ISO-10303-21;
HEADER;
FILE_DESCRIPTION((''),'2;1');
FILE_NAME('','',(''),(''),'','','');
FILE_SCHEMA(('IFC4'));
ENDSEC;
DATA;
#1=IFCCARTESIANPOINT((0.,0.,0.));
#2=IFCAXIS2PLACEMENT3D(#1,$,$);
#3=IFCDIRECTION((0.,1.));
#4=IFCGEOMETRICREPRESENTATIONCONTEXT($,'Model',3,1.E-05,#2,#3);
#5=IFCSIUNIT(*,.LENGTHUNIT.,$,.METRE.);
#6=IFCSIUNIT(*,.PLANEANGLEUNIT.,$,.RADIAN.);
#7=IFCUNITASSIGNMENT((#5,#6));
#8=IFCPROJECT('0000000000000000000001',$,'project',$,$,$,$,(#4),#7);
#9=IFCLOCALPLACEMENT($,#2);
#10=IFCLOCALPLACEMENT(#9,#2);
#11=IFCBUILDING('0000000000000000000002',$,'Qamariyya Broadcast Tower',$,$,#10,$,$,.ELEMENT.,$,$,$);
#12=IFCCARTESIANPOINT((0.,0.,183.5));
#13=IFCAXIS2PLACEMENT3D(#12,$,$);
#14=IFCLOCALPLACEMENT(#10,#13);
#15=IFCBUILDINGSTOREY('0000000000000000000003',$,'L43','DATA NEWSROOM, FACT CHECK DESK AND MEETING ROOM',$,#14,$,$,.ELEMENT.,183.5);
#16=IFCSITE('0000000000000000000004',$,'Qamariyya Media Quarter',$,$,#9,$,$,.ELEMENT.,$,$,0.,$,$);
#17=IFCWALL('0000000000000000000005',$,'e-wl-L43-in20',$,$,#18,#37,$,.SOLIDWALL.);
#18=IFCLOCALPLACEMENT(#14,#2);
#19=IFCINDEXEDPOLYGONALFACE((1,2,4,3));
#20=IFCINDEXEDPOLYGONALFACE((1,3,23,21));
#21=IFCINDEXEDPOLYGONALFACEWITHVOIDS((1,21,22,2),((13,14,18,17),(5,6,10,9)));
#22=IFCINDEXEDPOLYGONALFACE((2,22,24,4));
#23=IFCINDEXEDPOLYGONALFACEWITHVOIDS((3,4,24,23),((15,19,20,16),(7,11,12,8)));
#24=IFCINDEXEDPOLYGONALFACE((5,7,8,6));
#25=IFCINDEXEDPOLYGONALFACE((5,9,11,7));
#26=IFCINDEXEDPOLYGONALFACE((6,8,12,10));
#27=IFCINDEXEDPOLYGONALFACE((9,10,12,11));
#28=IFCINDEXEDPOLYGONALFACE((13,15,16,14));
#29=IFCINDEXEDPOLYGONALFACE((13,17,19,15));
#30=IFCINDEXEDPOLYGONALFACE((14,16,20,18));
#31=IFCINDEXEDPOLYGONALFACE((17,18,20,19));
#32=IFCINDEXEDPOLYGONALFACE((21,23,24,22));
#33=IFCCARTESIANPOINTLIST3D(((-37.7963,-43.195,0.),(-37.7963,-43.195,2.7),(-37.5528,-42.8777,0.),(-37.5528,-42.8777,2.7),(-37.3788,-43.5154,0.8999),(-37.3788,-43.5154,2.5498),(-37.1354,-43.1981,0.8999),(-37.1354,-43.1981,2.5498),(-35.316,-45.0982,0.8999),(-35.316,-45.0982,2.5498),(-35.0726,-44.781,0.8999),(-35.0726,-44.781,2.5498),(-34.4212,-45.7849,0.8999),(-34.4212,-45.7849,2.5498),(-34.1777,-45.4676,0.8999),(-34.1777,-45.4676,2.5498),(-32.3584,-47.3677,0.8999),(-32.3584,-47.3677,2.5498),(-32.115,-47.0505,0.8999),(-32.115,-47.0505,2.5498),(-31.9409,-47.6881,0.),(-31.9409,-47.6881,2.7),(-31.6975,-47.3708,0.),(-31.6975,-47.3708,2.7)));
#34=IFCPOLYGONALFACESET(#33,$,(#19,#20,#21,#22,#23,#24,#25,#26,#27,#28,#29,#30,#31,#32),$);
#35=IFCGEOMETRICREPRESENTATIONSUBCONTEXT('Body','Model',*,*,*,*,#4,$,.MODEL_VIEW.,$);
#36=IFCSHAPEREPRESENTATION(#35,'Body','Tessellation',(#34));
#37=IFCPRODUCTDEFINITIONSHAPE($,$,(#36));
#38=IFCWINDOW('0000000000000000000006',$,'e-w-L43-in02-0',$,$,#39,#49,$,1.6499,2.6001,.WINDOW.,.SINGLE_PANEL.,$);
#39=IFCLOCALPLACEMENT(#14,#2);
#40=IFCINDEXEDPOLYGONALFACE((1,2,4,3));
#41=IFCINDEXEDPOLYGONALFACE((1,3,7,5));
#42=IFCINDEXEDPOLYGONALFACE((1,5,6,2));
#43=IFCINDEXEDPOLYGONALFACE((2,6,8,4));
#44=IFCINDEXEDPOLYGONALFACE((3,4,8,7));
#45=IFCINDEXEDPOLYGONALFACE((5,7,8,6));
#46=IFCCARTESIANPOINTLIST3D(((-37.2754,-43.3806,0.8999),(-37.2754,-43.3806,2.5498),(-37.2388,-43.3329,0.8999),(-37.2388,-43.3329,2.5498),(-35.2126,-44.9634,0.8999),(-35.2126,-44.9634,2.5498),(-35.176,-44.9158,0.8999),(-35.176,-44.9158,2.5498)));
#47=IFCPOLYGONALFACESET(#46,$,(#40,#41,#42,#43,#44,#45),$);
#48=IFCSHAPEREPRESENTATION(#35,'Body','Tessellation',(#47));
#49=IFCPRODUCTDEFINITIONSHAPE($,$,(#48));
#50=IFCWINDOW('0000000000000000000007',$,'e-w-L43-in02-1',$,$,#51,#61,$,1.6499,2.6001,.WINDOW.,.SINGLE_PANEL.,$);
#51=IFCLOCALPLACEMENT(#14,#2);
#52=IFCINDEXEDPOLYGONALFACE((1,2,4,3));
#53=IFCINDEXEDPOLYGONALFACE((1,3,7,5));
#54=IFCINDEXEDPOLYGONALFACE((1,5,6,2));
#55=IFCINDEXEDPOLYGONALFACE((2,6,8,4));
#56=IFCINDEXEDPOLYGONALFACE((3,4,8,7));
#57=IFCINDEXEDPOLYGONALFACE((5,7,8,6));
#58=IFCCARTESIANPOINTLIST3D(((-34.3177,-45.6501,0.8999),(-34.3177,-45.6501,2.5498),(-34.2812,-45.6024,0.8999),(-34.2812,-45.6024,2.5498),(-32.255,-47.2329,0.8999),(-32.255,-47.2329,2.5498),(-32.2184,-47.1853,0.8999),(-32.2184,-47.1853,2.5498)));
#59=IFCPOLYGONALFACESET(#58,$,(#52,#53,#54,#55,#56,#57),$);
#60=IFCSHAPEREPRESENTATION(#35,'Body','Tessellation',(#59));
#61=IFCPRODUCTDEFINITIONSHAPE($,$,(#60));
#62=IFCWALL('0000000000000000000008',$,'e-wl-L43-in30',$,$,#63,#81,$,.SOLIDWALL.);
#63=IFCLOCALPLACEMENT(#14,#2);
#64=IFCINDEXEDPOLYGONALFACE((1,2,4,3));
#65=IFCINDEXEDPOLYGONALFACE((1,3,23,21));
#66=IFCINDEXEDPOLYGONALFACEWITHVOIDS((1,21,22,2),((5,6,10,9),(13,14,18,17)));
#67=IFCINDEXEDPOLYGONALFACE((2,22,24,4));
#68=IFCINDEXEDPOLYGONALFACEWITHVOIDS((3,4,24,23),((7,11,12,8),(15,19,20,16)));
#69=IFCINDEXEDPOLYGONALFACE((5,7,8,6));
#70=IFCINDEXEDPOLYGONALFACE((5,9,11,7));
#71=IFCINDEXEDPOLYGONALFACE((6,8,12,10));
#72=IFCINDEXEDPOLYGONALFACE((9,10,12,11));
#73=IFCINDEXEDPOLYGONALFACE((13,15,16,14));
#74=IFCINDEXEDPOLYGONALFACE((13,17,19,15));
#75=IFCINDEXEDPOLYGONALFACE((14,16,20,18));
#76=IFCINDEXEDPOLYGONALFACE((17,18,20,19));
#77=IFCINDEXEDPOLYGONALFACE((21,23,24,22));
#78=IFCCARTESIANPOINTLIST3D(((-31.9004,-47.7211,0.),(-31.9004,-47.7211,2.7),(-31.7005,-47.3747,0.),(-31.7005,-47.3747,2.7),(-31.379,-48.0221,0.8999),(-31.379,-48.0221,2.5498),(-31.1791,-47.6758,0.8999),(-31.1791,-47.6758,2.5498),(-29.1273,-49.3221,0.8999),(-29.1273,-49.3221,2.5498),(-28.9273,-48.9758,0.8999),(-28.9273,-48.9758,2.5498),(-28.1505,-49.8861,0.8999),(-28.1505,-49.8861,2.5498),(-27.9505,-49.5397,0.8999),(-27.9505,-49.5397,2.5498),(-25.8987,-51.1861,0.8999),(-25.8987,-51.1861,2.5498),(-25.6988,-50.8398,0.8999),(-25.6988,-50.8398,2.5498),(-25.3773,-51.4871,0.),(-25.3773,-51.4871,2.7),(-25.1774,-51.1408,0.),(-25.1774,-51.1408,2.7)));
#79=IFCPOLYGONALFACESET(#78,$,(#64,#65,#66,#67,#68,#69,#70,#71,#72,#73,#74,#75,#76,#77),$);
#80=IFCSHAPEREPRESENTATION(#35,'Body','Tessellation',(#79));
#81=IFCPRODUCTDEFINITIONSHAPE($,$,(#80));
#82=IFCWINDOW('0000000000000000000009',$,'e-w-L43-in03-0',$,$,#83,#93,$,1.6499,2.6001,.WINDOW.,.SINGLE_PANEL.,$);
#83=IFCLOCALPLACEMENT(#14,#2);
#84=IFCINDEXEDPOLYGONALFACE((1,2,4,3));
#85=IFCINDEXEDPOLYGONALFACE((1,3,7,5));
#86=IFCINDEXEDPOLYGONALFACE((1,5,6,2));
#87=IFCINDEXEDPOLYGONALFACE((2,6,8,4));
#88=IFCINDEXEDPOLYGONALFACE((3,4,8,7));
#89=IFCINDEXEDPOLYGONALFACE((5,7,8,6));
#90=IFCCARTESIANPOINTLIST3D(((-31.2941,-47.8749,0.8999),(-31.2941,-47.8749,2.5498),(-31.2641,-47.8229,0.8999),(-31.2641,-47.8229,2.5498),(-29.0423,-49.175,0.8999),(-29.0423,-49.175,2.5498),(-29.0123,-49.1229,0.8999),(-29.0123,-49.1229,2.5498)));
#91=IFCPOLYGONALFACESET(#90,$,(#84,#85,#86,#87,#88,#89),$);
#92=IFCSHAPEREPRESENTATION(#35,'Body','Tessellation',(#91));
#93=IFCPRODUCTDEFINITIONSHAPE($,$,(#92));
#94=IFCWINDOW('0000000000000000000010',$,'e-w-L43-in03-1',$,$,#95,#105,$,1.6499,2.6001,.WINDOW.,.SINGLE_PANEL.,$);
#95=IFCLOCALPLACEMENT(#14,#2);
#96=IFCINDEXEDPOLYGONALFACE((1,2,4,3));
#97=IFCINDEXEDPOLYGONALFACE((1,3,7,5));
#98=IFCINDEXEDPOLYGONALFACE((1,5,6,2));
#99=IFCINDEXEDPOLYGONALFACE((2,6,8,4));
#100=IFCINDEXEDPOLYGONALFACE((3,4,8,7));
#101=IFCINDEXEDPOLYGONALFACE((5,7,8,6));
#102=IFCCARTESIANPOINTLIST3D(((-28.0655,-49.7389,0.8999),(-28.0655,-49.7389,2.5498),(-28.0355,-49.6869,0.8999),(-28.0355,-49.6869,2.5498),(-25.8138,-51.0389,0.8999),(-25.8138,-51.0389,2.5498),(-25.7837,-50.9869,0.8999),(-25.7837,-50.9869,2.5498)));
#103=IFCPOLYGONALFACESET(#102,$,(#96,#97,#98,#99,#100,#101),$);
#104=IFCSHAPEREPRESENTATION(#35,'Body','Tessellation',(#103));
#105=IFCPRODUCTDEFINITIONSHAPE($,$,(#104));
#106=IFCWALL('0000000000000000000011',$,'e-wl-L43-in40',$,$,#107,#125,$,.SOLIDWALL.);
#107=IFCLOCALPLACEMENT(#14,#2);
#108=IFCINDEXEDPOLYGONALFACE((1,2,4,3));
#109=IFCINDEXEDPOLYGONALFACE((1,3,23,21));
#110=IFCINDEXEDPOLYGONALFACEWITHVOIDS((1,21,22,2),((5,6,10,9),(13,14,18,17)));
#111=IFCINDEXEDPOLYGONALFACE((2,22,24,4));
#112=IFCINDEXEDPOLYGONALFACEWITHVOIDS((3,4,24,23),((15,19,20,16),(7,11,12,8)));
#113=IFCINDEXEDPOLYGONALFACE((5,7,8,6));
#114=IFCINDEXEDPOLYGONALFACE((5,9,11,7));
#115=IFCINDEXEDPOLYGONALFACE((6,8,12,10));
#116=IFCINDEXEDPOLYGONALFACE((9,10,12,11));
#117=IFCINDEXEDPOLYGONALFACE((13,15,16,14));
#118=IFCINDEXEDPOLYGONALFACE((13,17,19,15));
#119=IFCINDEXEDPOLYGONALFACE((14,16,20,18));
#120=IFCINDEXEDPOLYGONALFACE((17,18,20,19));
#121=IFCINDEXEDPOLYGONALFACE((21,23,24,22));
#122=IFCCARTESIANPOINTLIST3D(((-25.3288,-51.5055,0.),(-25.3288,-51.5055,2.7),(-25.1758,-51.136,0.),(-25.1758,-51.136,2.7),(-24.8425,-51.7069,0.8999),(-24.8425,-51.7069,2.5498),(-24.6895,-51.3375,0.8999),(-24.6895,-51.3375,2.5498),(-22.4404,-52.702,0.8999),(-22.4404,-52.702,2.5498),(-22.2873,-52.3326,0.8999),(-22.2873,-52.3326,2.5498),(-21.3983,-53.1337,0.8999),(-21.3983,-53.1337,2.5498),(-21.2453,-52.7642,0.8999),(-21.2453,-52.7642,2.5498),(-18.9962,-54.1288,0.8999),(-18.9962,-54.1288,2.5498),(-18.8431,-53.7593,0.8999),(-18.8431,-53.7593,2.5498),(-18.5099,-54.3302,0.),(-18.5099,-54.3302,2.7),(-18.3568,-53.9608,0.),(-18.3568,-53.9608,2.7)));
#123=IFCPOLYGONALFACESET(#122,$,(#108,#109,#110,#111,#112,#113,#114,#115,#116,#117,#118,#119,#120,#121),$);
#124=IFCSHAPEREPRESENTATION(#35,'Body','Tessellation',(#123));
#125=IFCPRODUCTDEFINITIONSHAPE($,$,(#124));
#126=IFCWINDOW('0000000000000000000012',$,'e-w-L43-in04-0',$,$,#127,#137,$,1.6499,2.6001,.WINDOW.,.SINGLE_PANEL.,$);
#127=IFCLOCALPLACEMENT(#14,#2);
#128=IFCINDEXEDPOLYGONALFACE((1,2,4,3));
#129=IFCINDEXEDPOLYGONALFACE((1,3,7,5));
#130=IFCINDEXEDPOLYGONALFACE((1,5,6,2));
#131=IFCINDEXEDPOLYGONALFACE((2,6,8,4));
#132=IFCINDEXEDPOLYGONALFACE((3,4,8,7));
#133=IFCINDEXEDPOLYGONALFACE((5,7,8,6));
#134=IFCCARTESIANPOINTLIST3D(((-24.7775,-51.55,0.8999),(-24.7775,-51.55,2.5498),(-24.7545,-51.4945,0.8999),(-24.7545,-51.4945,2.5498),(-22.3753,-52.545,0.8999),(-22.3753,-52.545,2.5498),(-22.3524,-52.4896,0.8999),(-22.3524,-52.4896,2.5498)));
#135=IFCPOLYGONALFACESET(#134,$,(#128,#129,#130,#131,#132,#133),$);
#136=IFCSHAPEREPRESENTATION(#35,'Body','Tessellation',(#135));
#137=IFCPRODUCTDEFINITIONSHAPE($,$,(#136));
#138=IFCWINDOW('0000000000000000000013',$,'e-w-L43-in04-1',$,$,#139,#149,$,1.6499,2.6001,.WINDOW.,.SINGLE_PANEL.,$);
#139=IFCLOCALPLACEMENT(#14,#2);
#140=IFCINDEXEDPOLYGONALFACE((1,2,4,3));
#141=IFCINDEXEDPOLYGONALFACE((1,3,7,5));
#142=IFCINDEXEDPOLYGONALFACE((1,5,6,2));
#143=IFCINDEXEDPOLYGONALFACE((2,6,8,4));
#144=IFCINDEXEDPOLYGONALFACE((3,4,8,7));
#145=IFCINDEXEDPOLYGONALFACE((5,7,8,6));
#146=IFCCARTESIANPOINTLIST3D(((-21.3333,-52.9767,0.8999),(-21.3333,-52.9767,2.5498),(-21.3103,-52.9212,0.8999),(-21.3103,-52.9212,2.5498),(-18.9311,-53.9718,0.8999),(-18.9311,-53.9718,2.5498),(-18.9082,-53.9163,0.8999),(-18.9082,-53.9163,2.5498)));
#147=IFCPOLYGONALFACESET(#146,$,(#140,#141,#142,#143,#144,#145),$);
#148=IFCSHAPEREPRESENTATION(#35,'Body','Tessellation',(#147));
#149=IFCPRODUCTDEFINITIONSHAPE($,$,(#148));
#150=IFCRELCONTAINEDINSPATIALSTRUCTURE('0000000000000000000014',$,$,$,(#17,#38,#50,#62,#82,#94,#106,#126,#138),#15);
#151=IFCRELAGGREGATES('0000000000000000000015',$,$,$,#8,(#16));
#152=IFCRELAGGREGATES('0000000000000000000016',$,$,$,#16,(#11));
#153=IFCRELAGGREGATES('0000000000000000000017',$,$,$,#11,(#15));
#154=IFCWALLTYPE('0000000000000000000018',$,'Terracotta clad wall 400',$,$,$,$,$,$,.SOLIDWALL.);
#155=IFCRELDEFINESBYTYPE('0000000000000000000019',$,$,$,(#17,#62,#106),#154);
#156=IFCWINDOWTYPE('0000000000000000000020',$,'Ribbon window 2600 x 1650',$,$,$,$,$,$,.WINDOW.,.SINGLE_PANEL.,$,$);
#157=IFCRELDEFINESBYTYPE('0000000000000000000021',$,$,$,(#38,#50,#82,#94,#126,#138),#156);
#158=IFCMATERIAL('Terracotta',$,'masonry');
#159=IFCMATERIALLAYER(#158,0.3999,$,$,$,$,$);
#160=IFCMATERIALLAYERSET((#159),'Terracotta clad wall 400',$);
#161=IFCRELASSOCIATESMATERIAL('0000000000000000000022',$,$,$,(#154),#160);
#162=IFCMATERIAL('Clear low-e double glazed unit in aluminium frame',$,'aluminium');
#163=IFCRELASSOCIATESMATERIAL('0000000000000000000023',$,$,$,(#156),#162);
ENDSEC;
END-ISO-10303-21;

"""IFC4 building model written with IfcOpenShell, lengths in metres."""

from ifc_helpers import new_model, si_unit, direction, frame, frame_2d, origin, place, context, subcontext, project, spatial, rectangle, extrude, material, layer, layer_set, type_object, element, fill, save


model = new_model("IFC4")

# Units and contexts
model_context = context("Model", 3, precision=1e-05, world=origin(), true_north=direction((0.0, 1.0)))
body_context = subcontext(model_context, "Body", "Model", "MODEL_VIEW")
ifc_project = project(units=[si_unit("LENGTHUNIT", "METRE"), si_unit("PLANEANGLEUNIT", "RADIAN")], contexts=[model_context])

# Site, building, storey
site_placement = place(None, origin())
site = spatial("IfcSite", under=ifc_project, at=site_placement, Name="Qamariyya Media Quarter", CompositionType="ELEMENT", RefElevation=0.0)
building_placement = place(site_placement, origin())
building = spatial("IfcBuilding", under=site, at=building_placement, Name="Qamariyya Broadcast Tower", CompositionType="ELEMENT")
storey_placement = place(building_placement, frame((0.0, 0.0, 183.5)))
storey = spatial("IfcBuildingStorey", under=building, at=storey_placement, Name="L43", Description="DATA NEWSROOM, FACT CHECK DESK AND MEETING ROOM", CompositionType="ELEMENT", Elevation=183.5)

# Walls, openings, windows
ifc_material_1 = material(Name="Terracotta", Category="masonry")
ifc_layer_1 = layer(ifc_material_1, 0.3999)
ifc_layer_set_1 = layer_set([ifc_layer_1], Name="Terracotta clad wall 400")
wall_type_1 = type_object("IfcWallType", Name="Terracotta clad wall 400", PredefinedType="SOLIDWALL", material=ifc_layer_set_1)
wall_1_placement = place(storey_placement, frame((-31.8191, -47.5295, 0.0), z_axis=(0.0, 0.0, 1.0), x_axis=(-0.793346, 0.60877, 0.0)))
wall_1 = element("IfcWall", 1, at=wall_1_placement, inside=storey, type_object=wall_type_1, Name="e-wl-L43-in20", PredefinedType="SOLIDWALL", context=body_context, shape_type="SweptSolid", body=[
    extrude(rectangle(XDim=7.3806, YDim=0.3999, at=frame_2d((3.6904, 0.0))), origin(), (0.0, 0.0, 1.0), 2.7),
])
opening_1_placement = place(wall_1_placement, frame((4.2544, 0.0, 0.8999)))
opening_1 = element("IfcOpeningElement", 2, at=opening_1_placement, cuts=wall_1, PredefinedType="OPENING", context=body_context, shape_type="SweptSolid", body=[
    extrude(rectangle(XDim=2.6001, YDim=1.6499, at=frame_2d((1.3, 0.825))), frame((0.0, 0.21, 0.0), z_axis=(0.0, -1.0, 0.0), x_axis=(1.0, 0.0, 0.0)), (0.0, 0.0, 1.0), 0.4199),
])
opening_2_placement = place(wall_1_placement, frame((0.5264, 0.0, 0.8999)))
opening_2 = element("IfcOpeningElement", 3, at=opening_2_placement, cuts=wall_1, PredefinedType="OPENING", context=body_context, shape_type="SweptSolid", body=[
    extrude(rectangle(XDim=2.6001, YDim=1.6499, at=frame_2d((1.3, 0.825))), frame((0.0, 0.21, 0.0), z_axis=(0.0, -1.0, 0.0), x_axis=(1.0, 0.0, 0.0)), (0.0, 0.0, 1.0), 0.4199),
])
ifc_material_2 = material(Name="Clear low-e double glazed unit in aluminium frame", Category="aluminium")
window_type = type_object("IfcWindowType", Name="Ribbon window 2600 x 1650", PartitioningType="SINGLE_PANEL", PredefinedType="WINDOW", material=ifc_material_2)
window_1_placement = place(opening_1_placement, origin())
window_1 = element("IfcWindow", 4, at=window_1_placement, inside=storey, type_object=window_type, Name="e-w-L43-in02-0", OverallHeight=1.6499, OverallWidth=2.6001, PartitioningType="SINGLE_PANEL", PredefinedType="WINDOW", context=body_context, shape_type="SweptSolid", body=[
    extrude(rectangle(XDim=2.6001, YDim=1.6499, at=frame_2d((1.3, 0.825))), frame((0.0, 0.03, 0.0), z_axis=(0.0, -1.0, 0.0), x_axis=(1.0, 0.0, 0.0)), (0.0, 0.0, 1.0), 0.0601),
])
fill(opening_1, window_1)
window_2_placement = place(opening_2_placement, origin())
window_2 = element("IfcWindow", 5, at=window_2_placement, inside=storey, type_object=window_type, Name="e-w-L43-in02-1", OverallHeight=1.6499, OverallWidth=2.6001, PartitioningType="SINGLE_PANEL", PredefinedType="WINDOW", context=body_context, shape_type="SweptSolid", body=[
    extrude(rectangle(XDim=2.6001, YDim=1.6499, at=frame_2d((1.3, 0.825))), frame((0.0, 0.03, 0.0), z_axis=(0.0, -1.0, 0.0), x_axis=(1.0, 0.0, 0.0)), (0.0, 0.0, 1.0), 0.0601),
])
fill(opening_2, window_2)
wall_2_placement = place(storey_placement, frame((-25.2773, -51.314, 0.0), z_axis=(0.0, 0.0, 1.0), x_axis=(-0.866029, 0.499995, 0.0)))
wall_2 = element("IfcWall", 6, at=wall_2_placement, inside=storey, type_object=wall_type_1, Name="e-wl-L43-in30", PredefinedType="SOLIDWALL", context=body_context, shape_type="SweptSolid", body=[
    extrude(rectangle(XDim=7.5322, YDim=0.3999, at=frame_2d((3.7661, 0.0))), origin(), (0.0, 0.0, 1.0), 2.7),
])
opening_3_placement = place(wall_2_placement, frame((4.3301, 0.0, 0.8999)))
opening_3 = element("IfcOpeningElement", 7, at=opening_3_placement, cuts=wall_2, PredefinedType="OPENING", context=body_context, shape_type="SweptSolid", body=[
    extrude(rectangle(XDim=2.6001, YDim=1.6499, at=frame_2d((1.3, 0.825))), frame((0.0, 0.21, 0.0), z_axis=(0.0, -1.0, 0.0), x_axis=(1.0, 0.0, 0.0)), (0.0, 0.0, 1.0), 0.4199),
])
opening_4_placement = place(wall_2_placement, frame((0.6021, 0.0, 0.8999)))
opening_4 = element("IfcOpeningElement", 8, at=opening_4_placement, cuts=wall_2, PredefinedType="OPENING", context=body_context, shape_type="SweptSolid", body=[
    extrude(rectangle(XDim=2.6001, YDim=1.6499, at=frame_2d((1.3, 0.825))), frame((0.0, 0.21, 0.0), z_axis=(0.0, -1.0, 0.0), x_axis=(1.0, 0.0, 0.0)), (0.0, 0.0, 1.0), 0.4199),
])
window_3_placement = place(opening_3_placement, origin())
window_3 = element("IfcWindow", 9, at=window_3_placement, inside=storey, type_object=window_type, Name="e-w-L43-in03-0", OverallHeight=1.6499, OverallWidth=2.6001, PartitioningType="SINGLE_PANEL", PredefinedType="WINDOW", context=body_context, shape_type="SweptSolid", body=[
    extrude(rectangle(XDim=2.6001, YDim=1.6499, at=frame_2d((1.3, 0.825))), frame((0.0, 0.03, 0.0), z_axis=(0.0, -1.0, 0.0), x_axis=(1.0, 0.0, 0.0)), (0.0, 0.0, 1.0), 0.0601),
])
fill(opening_3, window_3)
window_4_placement = place(opening_4_placement, origin())
window_4 = element("IfcWindow", 10, at=window_4_placement, inside=storey, type_object=window_type, Name="e-w-L43-in03-1", OverallHeight=1.6499, OverallWidth=2.6001, PartitioningType="SINGLE_PANEL", PredefinedType="WINDOW", context=body_context, shape_type="SweptSolid", body=[
    extrude(rectangle(XDim=2.6001, YDim=1.6499, at=frame_2d((1.3, 0.825))), frame((0.0, 0.03, 0.0), z_axis=(0.0, -1.0, 0.0), x_axis=(1.0, 0.0, 0.0)), (0.0, 0.0, 1.0), 0.0601),
])
fill(opening_4, window_4)
wall_3_placement = place(storey_placement, frame((-18.4333, -54.1455, 0.0), z_axis=(0.0, 0.0, 1.0), x_axis=(-0.923868, 0.382712, 0.0)))
wall_3 = element("IfcWall", 11, at=wall_3_placement, inside=storey, type_object=wall_type_1, Name="e-wl-L43-in40", PredefinedType="SOLIDWALL", context=body_context, shape_type="SweptSolid", body=[
    extrude(rectangle(XDim=7.3809, YDim=0.3999, at=frame_2d((3.6904, 0.0))), origin(), (0.0, 0.0, 1.0), 2.7),
])
opening_5_placement = place(wall_3_placement, frame((4.2544, 0.0, 0.8999)))
opening_5 = element("IfcOpeningElement", 12, at=opening_5_placement, cuts=wall_3, PredefinedType="OPENING", context=body_context, shape_type="SweptSolid", body=[
    extrude(rectangle(XDim=2.6001, YDim=1.6499, at=frame_2d((1.3, 0.825))), frame((0.0, 0.21, 0.0), z_axis=(0.0, -1.0, 0.0), x_axis=(1.0, 0.0, 0.0)), (0.0, 0.0, 1.0), 0.4199),
])
opening_6_placement = place(wall_3_placement, frame((0.5264, 0.0, 0.8999)))
opening_6 = element("IfcOpeningElement", 13, at=opening_6_placement, cuts=wall_3, PredefinedType="OPENING", context=body_context, shape_type="SweptSolid", body=[
    extrude(rectangle(XDim=2.6001, YDim=1.6499, at=frame_2d((1.3, 0.825))), frame((0.0, 0.21, 0.0), z_axis=(0.0, -1.0, 0.0), x_axis=(1.0, 0.0, 0.0)), (0.0, 0.0, 1.0), 0.4199),
])
window_5_placement = place(opening_5_placement, origin())
window_5 = element("IfcWindow", 14, at=window_5_placement, inside=storey, type_object=window_type, Name="e-w-L43-in04-0", OverallHeight=1.6499, OverallWidth=2.6001, PartitioningType="SINGLE_PANEL", PredefinedType="WINDOW", context=body_context, shape_type="SweptSolid", body=[
    extrude(rectangle(XDim=2.6001, YDim=1.6499, at=frame_2d((1.3, 0.825))), frame((0.0, 0.03, 0.0), z_axis=(0.0, -1.0, 0.0), x_axis=(1.0, 0.0, 0.0)), (0.0, 0.0, 1.0), 0.0601),
])
fill(opening_5, window_5)
window_6_placement = place(opening_6_placement, origin())
window_6 = element("IfcWindow", 15, at=window_6_placement, inside=storey, type_object=window_type, Name="e-w-L43-in04-1", OverallHeight=1.6499, OverallWidth=2.6001, PartitioningType="SINGLE_PANEL", PredefinedType="WINDOW", context=body_context, shape_type="SweptSolid", body=[
    extrude(rectangle(XDim=2.6001, YDim=1.6499, at=frame_2d((1.3, 0.825))), frame((0.0, 0.03, 0.0), z_axis=(0.0, -1.0, 0.0), x_axis=(1.0, 0.0, 0.0)), (0.0, 0.0, 1.0), 0.0601),
])
fill(opening_6, window_6)

save(model, "model.ifc")
